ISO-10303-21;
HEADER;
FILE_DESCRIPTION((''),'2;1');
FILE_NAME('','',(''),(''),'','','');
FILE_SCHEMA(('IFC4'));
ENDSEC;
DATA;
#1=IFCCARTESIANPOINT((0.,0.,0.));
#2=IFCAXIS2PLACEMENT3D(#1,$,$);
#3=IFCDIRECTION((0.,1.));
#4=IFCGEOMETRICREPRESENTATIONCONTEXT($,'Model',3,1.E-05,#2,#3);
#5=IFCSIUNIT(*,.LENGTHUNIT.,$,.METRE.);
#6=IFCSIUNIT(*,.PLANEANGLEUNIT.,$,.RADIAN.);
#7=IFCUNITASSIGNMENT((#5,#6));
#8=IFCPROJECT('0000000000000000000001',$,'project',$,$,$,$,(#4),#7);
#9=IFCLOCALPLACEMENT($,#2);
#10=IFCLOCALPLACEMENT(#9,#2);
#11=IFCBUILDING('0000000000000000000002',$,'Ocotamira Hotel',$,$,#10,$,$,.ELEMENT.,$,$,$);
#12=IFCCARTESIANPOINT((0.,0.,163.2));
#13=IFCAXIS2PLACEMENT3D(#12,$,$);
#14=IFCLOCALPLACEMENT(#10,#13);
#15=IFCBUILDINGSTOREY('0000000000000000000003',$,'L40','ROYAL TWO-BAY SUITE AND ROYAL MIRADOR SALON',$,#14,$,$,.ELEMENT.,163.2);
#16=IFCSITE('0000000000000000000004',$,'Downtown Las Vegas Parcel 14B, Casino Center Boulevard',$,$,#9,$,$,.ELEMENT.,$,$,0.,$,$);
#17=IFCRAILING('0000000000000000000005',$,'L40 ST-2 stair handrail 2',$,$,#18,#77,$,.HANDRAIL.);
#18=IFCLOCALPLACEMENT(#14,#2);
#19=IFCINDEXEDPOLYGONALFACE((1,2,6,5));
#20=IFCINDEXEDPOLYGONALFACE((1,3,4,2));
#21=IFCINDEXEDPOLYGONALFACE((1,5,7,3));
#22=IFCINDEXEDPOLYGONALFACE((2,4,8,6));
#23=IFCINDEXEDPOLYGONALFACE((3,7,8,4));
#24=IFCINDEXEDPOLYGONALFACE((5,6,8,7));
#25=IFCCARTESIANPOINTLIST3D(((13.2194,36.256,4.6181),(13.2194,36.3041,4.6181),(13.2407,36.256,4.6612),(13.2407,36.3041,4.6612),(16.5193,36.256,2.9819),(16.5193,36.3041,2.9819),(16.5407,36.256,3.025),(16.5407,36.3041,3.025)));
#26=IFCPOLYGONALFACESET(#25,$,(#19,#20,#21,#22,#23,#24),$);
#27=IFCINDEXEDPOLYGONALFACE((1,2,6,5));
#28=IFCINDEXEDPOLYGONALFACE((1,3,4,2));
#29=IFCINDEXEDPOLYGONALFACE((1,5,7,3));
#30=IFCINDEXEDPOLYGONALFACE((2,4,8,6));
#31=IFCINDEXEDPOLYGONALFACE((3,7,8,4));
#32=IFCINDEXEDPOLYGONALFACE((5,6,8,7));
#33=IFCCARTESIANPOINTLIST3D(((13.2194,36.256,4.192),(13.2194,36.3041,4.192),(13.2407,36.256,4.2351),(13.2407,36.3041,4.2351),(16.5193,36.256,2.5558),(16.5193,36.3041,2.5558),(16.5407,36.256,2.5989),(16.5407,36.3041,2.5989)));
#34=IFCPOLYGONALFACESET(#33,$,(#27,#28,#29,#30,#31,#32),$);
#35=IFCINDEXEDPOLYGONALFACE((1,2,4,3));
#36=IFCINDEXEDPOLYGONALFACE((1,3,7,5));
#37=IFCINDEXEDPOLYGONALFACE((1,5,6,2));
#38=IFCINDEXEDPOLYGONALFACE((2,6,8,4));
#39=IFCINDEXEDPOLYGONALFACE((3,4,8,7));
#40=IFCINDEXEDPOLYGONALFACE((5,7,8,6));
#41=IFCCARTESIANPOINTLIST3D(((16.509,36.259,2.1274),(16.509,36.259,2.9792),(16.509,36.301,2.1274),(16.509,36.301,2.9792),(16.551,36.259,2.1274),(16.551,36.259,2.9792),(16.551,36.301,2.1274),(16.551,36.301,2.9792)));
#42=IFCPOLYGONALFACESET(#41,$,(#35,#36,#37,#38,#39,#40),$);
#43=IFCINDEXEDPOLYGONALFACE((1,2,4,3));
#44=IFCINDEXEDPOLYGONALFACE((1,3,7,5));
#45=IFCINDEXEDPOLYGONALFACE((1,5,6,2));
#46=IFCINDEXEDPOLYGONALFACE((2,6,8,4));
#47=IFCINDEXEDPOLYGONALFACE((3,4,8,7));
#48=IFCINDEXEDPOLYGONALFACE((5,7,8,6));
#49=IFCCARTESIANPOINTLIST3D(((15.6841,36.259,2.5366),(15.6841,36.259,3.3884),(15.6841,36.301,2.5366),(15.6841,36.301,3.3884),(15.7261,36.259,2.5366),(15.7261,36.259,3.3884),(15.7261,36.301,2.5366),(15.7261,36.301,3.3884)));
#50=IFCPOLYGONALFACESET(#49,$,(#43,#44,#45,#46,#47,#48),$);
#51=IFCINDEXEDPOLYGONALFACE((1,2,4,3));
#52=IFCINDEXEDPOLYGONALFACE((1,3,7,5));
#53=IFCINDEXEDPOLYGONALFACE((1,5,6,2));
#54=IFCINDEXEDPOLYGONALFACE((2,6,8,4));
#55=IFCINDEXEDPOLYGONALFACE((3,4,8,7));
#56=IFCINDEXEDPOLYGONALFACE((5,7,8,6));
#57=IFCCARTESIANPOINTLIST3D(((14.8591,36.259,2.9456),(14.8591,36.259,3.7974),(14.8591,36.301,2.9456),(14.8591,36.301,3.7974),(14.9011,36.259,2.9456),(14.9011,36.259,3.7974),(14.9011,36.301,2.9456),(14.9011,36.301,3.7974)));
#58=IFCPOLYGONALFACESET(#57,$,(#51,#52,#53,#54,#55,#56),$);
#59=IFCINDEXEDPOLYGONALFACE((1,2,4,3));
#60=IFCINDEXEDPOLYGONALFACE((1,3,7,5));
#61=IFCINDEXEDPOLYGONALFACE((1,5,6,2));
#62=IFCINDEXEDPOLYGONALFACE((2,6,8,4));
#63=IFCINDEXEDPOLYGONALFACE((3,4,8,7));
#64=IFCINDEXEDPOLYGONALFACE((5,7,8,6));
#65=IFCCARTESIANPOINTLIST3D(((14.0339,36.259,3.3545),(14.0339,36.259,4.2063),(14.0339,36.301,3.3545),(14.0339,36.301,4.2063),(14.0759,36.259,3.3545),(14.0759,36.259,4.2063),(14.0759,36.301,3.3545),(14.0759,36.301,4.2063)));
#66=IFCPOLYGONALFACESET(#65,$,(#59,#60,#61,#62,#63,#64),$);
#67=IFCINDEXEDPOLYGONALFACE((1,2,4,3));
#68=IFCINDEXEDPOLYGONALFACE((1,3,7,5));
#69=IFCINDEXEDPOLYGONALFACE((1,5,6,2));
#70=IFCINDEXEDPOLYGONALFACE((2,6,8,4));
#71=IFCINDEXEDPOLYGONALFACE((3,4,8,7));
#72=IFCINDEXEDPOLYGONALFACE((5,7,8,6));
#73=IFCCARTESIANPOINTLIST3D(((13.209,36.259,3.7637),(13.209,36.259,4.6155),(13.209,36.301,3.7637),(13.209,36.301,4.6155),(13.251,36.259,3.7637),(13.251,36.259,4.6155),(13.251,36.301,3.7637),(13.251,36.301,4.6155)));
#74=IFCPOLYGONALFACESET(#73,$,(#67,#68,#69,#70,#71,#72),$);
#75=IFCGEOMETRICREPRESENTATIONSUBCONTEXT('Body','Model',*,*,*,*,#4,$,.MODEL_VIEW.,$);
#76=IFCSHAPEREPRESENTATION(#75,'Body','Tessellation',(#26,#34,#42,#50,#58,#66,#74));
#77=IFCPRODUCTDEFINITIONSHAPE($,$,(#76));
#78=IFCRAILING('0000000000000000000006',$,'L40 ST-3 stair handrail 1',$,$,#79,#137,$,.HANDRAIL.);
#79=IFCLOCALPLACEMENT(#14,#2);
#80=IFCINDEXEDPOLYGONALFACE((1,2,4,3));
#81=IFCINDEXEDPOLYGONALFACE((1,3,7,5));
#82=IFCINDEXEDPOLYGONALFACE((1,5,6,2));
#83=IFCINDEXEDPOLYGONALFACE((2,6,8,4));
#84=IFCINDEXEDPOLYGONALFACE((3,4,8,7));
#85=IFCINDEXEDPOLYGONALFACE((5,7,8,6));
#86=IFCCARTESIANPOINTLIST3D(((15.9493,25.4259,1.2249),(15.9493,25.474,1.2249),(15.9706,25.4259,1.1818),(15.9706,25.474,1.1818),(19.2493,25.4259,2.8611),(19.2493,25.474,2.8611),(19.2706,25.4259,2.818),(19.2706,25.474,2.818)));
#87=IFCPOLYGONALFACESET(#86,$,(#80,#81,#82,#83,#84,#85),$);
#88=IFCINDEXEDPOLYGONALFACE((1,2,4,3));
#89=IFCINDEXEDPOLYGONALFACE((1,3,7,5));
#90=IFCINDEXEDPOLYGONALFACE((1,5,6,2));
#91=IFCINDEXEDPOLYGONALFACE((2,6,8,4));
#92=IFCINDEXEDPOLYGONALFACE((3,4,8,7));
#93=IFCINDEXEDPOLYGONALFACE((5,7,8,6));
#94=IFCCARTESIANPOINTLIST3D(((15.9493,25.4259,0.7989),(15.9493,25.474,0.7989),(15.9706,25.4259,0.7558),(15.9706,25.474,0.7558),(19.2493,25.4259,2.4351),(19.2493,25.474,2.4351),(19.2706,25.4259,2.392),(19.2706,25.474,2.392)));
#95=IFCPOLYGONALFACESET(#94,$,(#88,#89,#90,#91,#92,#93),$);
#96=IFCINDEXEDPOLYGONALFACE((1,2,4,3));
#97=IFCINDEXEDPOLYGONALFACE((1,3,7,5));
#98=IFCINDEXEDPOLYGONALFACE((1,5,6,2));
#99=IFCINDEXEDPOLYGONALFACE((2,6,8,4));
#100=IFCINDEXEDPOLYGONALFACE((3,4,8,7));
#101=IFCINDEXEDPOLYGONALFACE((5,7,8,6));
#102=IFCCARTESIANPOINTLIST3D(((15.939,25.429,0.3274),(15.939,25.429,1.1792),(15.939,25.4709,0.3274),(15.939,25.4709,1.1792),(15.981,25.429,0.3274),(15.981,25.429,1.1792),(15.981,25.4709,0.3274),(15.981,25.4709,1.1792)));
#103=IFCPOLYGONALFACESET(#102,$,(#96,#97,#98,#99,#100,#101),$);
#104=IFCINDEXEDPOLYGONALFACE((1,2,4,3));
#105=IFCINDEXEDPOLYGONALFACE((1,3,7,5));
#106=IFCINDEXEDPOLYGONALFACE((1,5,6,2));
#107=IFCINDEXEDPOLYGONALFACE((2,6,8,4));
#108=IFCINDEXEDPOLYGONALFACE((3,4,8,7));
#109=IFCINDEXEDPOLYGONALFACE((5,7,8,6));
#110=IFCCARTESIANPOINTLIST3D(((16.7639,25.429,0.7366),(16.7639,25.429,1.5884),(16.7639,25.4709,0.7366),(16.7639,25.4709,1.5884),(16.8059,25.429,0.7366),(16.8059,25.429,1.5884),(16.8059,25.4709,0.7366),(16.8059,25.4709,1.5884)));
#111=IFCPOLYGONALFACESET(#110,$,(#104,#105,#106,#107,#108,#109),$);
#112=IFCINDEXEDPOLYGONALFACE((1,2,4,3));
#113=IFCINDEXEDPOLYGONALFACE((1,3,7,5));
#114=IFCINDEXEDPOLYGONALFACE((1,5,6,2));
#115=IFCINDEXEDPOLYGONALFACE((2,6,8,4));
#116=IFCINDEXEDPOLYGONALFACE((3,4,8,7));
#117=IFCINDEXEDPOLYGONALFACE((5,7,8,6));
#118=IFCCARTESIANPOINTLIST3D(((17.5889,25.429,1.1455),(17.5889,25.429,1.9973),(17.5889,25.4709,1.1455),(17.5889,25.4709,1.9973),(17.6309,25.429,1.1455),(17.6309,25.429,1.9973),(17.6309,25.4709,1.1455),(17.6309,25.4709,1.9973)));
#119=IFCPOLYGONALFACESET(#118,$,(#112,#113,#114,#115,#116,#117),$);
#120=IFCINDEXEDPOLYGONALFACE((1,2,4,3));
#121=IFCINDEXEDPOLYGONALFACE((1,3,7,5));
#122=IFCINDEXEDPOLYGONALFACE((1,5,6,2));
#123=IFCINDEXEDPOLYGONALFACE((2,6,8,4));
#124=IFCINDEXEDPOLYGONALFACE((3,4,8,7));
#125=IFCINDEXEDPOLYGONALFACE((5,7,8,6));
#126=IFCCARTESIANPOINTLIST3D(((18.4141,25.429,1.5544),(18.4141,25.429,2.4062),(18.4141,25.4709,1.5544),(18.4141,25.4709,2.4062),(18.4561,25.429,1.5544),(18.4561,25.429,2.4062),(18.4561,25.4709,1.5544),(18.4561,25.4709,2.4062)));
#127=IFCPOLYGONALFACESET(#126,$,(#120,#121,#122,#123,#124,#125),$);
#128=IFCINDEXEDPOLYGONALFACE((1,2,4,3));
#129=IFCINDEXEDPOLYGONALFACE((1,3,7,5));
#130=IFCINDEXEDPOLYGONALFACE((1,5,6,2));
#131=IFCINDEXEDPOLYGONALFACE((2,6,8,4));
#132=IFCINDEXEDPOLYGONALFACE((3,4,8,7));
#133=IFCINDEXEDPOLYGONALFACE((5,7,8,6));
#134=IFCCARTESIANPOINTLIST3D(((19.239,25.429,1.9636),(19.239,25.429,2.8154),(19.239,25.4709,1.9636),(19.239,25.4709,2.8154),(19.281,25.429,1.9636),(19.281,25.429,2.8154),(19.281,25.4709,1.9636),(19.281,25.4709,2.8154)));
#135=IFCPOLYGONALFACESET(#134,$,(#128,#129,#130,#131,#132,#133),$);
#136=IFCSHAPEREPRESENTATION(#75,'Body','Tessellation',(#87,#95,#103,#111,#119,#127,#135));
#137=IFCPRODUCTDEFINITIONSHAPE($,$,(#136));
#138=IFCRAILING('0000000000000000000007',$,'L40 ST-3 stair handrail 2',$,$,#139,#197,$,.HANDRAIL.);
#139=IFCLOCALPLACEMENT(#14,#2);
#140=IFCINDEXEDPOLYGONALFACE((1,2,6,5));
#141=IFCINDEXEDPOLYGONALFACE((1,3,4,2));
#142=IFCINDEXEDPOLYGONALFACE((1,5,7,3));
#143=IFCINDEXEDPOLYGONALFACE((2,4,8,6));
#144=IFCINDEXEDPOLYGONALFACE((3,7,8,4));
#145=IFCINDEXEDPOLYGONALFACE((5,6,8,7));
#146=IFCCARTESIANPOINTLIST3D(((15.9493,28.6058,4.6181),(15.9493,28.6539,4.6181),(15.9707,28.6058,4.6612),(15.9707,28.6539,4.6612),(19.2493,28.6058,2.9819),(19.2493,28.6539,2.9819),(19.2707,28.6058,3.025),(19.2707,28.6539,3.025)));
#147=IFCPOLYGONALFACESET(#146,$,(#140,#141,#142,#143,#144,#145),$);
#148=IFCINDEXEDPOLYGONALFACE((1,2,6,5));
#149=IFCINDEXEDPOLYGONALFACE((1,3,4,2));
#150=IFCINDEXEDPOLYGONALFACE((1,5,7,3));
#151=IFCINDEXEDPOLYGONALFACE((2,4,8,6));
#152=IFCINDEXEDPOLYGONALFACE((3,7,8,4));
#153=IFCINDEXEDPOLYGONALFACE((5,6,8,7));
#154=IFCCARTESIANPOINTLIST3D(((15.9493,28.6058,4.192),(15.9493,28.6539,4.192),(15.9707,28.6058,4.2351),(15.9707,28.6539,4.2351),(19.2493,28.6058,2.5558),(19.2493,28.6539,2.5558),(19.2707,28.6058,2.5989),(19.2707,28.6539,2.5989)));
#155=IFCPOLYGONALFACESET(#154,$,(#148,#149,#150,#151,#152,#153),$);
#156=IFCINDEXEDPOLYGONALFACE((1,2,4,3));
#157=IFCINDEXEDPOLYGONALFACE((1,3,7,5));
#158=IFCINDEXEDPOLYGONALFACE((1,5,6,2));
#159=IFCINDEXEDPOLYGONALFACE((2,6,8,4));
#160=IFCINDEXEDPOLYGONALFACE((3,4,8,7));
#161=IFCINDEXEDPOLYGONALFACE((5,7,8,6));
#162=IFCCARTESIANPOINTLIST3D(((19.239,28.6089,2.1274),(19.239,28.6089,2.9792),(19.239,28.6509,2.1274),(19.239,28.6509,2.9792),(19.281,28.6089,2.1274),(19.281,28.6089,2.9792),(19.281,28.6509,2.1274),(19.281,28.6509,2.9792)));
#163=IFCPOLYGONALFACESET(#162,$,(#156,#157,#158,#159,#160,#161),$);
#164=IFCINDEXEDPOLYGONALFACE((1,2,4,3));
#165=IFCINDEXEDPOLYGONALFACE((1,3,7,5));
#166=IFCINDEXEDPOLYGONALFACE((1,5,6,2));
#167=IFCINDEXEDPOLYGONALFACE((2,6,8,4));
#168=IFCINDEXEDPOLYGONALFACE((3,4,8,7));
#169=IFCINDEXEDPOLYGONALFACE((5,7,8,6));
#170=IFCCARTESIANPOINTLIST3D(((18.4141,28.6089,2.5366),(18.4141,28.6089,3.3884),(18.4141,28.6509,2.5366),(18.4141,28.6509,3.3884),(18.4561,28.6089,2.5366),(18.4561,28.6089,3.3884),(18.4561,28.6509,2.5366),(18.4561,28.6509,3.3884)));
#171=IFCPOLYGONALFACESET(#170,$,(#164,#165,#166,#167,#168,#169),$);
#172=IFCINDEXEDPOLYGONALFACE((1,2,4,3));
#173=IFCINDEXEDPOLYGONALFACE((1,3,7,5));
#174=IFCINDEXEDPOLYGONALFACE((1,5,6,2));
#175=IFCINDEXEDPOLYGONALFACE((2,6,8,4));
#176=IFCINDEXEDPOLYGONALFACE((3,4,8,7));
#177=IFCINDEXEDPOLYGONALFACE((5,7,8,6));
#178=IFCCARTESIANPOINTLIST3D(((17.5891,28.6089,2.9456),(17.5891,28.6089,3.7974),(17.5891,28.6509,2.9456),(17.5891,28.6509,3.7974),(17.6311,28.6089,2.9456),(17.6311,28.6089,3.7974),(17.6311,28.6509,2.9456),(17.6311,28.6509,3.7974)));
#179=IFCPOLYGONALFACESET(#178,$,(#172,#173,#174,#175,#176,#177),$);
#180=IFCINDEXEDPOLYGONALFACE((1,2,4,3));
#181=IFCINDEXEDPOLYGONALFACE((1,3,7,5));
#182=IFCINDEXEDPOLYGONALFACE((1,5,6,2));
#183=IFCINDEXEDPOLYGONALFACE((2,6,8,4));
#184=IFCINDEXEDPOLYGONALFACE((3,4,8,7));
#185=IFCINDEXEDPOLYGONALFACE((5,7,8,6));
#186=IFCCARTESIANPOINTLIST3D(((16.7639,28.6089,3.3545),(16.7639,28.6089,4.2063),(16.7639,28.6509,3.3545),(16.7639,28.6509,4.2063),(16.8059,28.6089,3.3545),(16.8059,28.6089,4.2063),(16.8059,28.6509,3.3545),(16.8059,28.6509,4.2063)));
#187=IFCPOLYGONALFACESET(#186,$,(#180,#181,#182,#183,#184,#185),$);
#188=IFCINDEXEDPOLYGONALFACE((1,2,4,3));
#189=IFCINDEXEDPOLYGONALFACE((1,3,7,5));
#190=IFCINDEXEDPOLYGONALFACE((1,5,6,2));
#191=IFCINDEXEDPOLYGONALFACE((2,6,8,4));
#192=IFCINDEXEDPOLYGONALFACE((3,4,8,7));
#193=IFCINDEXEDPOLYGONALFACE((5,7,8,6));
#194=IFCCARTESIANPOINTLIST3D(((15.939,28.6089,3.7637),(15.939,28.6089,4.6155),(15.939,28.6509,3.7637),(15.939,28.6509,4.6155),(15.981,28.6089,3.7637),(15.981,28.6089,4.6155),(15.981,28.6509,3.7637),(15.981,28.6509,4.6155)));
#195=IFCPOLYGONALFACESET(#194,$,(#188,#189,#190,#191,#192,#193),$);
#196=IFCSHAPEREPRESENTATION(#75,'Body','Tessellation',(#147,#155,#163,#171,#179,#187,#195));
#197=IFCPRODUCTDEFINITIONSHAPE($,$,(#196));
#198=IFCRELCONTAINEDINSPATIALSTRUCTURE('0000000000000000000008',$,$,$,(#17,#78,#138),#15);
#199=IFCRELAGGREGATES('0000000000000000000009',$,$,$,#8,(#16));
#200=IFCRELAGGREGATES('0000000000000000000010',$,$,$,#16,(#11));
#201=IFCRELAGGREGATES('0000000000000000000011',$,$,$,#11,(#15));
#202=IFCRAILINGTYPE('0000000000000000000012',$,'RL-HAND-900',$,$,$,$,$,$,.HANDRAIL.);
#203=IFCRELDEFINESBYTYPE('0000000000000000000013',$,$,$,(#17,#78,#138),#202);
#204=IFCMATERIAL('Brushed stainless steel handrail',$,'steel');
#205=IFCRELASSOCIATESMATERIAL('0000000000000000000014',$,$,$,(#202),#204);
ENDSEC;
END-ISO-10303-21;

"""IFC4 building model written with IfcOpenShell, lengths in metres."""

from ifc_helpers import new_model, si_unit, direction, frame, origin, origin_2d, place, context, subcontext, project, spatial, rectangle, extrude, material, type_object, element, save


model = new_model("IFC4")

# Units and contexts
model_context = context("Model", 3, precision=1e-05, world=origin(), true_north=direction((0.0, 1.0)))
body_context = subcontext(model_context, "Body", "Model", "MODEL_VIEW")
ifc_project = project(units=[si_unit("LENGTHUNIT", "METRE"), si_unit("PLANEANGLEUNIT", "RADIAN")], contexts=[model_context])

# Site, building, storey
site_placement = place(None, origin())
site = spatial("IfcSite", under=ifc_project, at=site_placement, Name="Downtown Las Vegas Parcel 14B, Casino Center Boulevard", CompositionType="ELEMENT", RefElevation=0.0)
building_placement = place(site_placement, origin())
building = spatial("IfcBuilding", under=site, at=building_placement, Name="Ocotamira Hotel", CompositionType="ELEMENT")
storey_placement = place(building_placement, frame((0.0, 0.0, 163.2)))
storey = spatial("IfcBuildingStorey", under=building, at=storey_placement, Name="L40", Description="ROYAL TWO-BAY SUITE AND ROYAL MIRADOR SALON", CompositionType="ELEMENT", Elevation=163.2)

# Railings
ifc_material_1 = material(Name="Brushed stainless steel handrail", Category="steel")
railing_type_1 = type_object("IfcRailingType", Name="RL-HAND-900", PredefinedType="HANDRAIL", material=ifc_material_1)
railing_1_placement = place(storey_placement, frame((16.53, 36.28, 2.1274)))
element("IfcRailing", 1, at=railing_1_placement, inside=storey, type_object=railing_type_1, Name="L40 ST-2 stair handrail 2", PredefinedType="HANDRAIL", context=body_context, shape_type="SweptSolid", body=[
    extrude(rectangle(XDim=0.0481, YDim=0.0481, at=origin_2d()), frame((0.0, 0.0, 0.876), z_axis=(-0.89592, 0.0, 0.444215), x_axis=(0.0, -1.0, 0.0)), (0.0, 0.0, 1.0), 3.6833),
    extrude(rectangle(XDim=0.0481, YDim=0.0481, at=origin_2d()), frame((0.0, 0.0, 0.45), z_axis=(-0.89592, 0.0, 0.444215), x_axis=(0.0, -1.0, 0.0)), (0.0, 0.0, 1.0), 3.6833),
    extrude(rectangle(XDim=0.042, YDim=0.042, at=origin_2d()), origin(), (0.0, 0.0, 1.0), 0.8518),
    extrude(rectangle(XDim=0.042, YDim=0.042, at=origin_2d()), frame((-0.825, 0.0, 0.4092)), (0.0, 0.0, 1.0), 0.8518),
    extrude(rectangle(XDim=0.042, YDim=0.042, at=origin_2d()), frame((-1.6499, 0.0, 0.8181)), (0.0, 0.0, 1.0), 0.8518),
    extrude(rectangle(XDim=0.042, YDim=0.042, at=origin_2d()), frame((-2.4751, 0.0, 1.2271)), (0.0, 0.0, 1.0), 0.8518),
    extrude(rectangle(XDim=0.042, YDim=0.042, at=origin_2d()), frame((-3.3, 0.0, 1.6362)), (0.0, 0.0, 1.0), 0.8518),
])
railing_2_placement = place(storey_placement, frame((15.96, 25.45, 0.3274)))
element("IfcRailing", 2, at=railing_2_placement, inside=storey, type_object=railing_type_1, Name="L40 ST-3 stair handrail 1", PredefinedType="HANDRAIL", context=body_context, shape_type="SweptSolid", body=[
    extrude(rectangle(XDim=0.0481, YDim=0.0481, at=origin_2d()), frame((0.0, 0.0, 0.876), z_axis=(0.89592, 0.0, 0.444215), x_axis=(0.0, 1.0, 0.0)), (0.0, 0.0, 1.0), 3.6833),
    extrude(rectangle(XDim=0.0481, YDim=0.0481, at=origin_2d()), frame((0.0, 0.0, 0.45), z_axis=(0.89592, 0.0, 0.444215), x_axis=(0.0, 1.0, 0.0)), (0.0, 0.0, 1.0), 3.6833),
    extrude(rectangle(XDim=0.042, YDim=0.042, at=origin_2d()), origin(), (0.0, 0.0, 1.0), 0.8518),
    extrude(rectangle(XDim=0.042, YDim=0.042, at=origin_2d()), frame((0.825, 0.0, 0.4092)), (0.0, 0.0, 1.0), 0.8518),
    extrude(rectangle(XDim=0.042, YDim=0.042, at=origin_2d()), frame((1.6499, 0.0, 0.8181)), (0.0, 0.0, 1.0), 0.8518),
    extrude(rectangle(XDim=0.042, YDim=0.042, at=origin_2d()), frame((2.4751, 0.0, 1.2271)), (0.0, 0.0, 1.0), 0.8518),
    extrude(rectangle(XDim=0.042, YDim=0.042, at=origin_2d()), frame((3.3, 0.0, 1.6362)), (0.0, 0.0, 1.0), 0.8518),
])
railing_3_placement = place(storey_placement, frame((19.26, 28.6299, 2.1274)))
element("IfcRailing", 3, at=railing_3_placement, inside=storey, type_object=railing_type_1, Name="L40 ST-3 stair handrail 2", PredefinedType="HANDRAIL", context=body_context, shape_type="SweptSolid", body=[
    extrude(rectangle(XDim=0.0481, YDim=0.0481, at=origin_2d()), frame((0.0, 0.0, 0.876), z_axis=(-0.89592, 0.0, 0.444215), x_axis=(0.0, -1.0, 0.0)), (0.0, 0.0, 1.0), 3.6833),
    extrude(rectangle(XDim=0.0481, YDim=0.0481, at=origin_2d()), frame((0.0, 0.0, 0.45), z_axis=(-0.89592, 0.0, 0.444215), x_axis=(0.0, -1.0, 0.0)), (0.0, 0.0, 1.0), 3.6833),
    extrude(rectangle(XDim=0.042, YDim=0.042, at=origin_2d()), origin(), (0.0, 0.0, 1.0), 0.8518),
    extrude(rectangle(XDim=0.042, YDim=0.042, at=origin_2d()), frame((-0.825, 0.0, 0.4092)), (0.0, 0.0, 1.0), 0.8518),
    extrude(rectangle(XDim=0.042, YDim=0.042, at=origin_2d()), frame((-1.6499, 0.0, 0.8181)), (0.0, 0.0, 1.0), 0.8518),
    extrude(rectangle(XDim=0.042, YDim=0.042, at=origin_2d()), frame((-2.4751, 0.0, 1.2271)), (0.0, 0.0, 1.0), 0.8518),
    extrude(rectangle(XDim=0.042, YDim=0.042, at=origin_2d()), frame((-3.3, 0.0, 1.6362)), (0.0, 0.0, 1.0), 0.8518),
])

save(model, "model.ifc")
